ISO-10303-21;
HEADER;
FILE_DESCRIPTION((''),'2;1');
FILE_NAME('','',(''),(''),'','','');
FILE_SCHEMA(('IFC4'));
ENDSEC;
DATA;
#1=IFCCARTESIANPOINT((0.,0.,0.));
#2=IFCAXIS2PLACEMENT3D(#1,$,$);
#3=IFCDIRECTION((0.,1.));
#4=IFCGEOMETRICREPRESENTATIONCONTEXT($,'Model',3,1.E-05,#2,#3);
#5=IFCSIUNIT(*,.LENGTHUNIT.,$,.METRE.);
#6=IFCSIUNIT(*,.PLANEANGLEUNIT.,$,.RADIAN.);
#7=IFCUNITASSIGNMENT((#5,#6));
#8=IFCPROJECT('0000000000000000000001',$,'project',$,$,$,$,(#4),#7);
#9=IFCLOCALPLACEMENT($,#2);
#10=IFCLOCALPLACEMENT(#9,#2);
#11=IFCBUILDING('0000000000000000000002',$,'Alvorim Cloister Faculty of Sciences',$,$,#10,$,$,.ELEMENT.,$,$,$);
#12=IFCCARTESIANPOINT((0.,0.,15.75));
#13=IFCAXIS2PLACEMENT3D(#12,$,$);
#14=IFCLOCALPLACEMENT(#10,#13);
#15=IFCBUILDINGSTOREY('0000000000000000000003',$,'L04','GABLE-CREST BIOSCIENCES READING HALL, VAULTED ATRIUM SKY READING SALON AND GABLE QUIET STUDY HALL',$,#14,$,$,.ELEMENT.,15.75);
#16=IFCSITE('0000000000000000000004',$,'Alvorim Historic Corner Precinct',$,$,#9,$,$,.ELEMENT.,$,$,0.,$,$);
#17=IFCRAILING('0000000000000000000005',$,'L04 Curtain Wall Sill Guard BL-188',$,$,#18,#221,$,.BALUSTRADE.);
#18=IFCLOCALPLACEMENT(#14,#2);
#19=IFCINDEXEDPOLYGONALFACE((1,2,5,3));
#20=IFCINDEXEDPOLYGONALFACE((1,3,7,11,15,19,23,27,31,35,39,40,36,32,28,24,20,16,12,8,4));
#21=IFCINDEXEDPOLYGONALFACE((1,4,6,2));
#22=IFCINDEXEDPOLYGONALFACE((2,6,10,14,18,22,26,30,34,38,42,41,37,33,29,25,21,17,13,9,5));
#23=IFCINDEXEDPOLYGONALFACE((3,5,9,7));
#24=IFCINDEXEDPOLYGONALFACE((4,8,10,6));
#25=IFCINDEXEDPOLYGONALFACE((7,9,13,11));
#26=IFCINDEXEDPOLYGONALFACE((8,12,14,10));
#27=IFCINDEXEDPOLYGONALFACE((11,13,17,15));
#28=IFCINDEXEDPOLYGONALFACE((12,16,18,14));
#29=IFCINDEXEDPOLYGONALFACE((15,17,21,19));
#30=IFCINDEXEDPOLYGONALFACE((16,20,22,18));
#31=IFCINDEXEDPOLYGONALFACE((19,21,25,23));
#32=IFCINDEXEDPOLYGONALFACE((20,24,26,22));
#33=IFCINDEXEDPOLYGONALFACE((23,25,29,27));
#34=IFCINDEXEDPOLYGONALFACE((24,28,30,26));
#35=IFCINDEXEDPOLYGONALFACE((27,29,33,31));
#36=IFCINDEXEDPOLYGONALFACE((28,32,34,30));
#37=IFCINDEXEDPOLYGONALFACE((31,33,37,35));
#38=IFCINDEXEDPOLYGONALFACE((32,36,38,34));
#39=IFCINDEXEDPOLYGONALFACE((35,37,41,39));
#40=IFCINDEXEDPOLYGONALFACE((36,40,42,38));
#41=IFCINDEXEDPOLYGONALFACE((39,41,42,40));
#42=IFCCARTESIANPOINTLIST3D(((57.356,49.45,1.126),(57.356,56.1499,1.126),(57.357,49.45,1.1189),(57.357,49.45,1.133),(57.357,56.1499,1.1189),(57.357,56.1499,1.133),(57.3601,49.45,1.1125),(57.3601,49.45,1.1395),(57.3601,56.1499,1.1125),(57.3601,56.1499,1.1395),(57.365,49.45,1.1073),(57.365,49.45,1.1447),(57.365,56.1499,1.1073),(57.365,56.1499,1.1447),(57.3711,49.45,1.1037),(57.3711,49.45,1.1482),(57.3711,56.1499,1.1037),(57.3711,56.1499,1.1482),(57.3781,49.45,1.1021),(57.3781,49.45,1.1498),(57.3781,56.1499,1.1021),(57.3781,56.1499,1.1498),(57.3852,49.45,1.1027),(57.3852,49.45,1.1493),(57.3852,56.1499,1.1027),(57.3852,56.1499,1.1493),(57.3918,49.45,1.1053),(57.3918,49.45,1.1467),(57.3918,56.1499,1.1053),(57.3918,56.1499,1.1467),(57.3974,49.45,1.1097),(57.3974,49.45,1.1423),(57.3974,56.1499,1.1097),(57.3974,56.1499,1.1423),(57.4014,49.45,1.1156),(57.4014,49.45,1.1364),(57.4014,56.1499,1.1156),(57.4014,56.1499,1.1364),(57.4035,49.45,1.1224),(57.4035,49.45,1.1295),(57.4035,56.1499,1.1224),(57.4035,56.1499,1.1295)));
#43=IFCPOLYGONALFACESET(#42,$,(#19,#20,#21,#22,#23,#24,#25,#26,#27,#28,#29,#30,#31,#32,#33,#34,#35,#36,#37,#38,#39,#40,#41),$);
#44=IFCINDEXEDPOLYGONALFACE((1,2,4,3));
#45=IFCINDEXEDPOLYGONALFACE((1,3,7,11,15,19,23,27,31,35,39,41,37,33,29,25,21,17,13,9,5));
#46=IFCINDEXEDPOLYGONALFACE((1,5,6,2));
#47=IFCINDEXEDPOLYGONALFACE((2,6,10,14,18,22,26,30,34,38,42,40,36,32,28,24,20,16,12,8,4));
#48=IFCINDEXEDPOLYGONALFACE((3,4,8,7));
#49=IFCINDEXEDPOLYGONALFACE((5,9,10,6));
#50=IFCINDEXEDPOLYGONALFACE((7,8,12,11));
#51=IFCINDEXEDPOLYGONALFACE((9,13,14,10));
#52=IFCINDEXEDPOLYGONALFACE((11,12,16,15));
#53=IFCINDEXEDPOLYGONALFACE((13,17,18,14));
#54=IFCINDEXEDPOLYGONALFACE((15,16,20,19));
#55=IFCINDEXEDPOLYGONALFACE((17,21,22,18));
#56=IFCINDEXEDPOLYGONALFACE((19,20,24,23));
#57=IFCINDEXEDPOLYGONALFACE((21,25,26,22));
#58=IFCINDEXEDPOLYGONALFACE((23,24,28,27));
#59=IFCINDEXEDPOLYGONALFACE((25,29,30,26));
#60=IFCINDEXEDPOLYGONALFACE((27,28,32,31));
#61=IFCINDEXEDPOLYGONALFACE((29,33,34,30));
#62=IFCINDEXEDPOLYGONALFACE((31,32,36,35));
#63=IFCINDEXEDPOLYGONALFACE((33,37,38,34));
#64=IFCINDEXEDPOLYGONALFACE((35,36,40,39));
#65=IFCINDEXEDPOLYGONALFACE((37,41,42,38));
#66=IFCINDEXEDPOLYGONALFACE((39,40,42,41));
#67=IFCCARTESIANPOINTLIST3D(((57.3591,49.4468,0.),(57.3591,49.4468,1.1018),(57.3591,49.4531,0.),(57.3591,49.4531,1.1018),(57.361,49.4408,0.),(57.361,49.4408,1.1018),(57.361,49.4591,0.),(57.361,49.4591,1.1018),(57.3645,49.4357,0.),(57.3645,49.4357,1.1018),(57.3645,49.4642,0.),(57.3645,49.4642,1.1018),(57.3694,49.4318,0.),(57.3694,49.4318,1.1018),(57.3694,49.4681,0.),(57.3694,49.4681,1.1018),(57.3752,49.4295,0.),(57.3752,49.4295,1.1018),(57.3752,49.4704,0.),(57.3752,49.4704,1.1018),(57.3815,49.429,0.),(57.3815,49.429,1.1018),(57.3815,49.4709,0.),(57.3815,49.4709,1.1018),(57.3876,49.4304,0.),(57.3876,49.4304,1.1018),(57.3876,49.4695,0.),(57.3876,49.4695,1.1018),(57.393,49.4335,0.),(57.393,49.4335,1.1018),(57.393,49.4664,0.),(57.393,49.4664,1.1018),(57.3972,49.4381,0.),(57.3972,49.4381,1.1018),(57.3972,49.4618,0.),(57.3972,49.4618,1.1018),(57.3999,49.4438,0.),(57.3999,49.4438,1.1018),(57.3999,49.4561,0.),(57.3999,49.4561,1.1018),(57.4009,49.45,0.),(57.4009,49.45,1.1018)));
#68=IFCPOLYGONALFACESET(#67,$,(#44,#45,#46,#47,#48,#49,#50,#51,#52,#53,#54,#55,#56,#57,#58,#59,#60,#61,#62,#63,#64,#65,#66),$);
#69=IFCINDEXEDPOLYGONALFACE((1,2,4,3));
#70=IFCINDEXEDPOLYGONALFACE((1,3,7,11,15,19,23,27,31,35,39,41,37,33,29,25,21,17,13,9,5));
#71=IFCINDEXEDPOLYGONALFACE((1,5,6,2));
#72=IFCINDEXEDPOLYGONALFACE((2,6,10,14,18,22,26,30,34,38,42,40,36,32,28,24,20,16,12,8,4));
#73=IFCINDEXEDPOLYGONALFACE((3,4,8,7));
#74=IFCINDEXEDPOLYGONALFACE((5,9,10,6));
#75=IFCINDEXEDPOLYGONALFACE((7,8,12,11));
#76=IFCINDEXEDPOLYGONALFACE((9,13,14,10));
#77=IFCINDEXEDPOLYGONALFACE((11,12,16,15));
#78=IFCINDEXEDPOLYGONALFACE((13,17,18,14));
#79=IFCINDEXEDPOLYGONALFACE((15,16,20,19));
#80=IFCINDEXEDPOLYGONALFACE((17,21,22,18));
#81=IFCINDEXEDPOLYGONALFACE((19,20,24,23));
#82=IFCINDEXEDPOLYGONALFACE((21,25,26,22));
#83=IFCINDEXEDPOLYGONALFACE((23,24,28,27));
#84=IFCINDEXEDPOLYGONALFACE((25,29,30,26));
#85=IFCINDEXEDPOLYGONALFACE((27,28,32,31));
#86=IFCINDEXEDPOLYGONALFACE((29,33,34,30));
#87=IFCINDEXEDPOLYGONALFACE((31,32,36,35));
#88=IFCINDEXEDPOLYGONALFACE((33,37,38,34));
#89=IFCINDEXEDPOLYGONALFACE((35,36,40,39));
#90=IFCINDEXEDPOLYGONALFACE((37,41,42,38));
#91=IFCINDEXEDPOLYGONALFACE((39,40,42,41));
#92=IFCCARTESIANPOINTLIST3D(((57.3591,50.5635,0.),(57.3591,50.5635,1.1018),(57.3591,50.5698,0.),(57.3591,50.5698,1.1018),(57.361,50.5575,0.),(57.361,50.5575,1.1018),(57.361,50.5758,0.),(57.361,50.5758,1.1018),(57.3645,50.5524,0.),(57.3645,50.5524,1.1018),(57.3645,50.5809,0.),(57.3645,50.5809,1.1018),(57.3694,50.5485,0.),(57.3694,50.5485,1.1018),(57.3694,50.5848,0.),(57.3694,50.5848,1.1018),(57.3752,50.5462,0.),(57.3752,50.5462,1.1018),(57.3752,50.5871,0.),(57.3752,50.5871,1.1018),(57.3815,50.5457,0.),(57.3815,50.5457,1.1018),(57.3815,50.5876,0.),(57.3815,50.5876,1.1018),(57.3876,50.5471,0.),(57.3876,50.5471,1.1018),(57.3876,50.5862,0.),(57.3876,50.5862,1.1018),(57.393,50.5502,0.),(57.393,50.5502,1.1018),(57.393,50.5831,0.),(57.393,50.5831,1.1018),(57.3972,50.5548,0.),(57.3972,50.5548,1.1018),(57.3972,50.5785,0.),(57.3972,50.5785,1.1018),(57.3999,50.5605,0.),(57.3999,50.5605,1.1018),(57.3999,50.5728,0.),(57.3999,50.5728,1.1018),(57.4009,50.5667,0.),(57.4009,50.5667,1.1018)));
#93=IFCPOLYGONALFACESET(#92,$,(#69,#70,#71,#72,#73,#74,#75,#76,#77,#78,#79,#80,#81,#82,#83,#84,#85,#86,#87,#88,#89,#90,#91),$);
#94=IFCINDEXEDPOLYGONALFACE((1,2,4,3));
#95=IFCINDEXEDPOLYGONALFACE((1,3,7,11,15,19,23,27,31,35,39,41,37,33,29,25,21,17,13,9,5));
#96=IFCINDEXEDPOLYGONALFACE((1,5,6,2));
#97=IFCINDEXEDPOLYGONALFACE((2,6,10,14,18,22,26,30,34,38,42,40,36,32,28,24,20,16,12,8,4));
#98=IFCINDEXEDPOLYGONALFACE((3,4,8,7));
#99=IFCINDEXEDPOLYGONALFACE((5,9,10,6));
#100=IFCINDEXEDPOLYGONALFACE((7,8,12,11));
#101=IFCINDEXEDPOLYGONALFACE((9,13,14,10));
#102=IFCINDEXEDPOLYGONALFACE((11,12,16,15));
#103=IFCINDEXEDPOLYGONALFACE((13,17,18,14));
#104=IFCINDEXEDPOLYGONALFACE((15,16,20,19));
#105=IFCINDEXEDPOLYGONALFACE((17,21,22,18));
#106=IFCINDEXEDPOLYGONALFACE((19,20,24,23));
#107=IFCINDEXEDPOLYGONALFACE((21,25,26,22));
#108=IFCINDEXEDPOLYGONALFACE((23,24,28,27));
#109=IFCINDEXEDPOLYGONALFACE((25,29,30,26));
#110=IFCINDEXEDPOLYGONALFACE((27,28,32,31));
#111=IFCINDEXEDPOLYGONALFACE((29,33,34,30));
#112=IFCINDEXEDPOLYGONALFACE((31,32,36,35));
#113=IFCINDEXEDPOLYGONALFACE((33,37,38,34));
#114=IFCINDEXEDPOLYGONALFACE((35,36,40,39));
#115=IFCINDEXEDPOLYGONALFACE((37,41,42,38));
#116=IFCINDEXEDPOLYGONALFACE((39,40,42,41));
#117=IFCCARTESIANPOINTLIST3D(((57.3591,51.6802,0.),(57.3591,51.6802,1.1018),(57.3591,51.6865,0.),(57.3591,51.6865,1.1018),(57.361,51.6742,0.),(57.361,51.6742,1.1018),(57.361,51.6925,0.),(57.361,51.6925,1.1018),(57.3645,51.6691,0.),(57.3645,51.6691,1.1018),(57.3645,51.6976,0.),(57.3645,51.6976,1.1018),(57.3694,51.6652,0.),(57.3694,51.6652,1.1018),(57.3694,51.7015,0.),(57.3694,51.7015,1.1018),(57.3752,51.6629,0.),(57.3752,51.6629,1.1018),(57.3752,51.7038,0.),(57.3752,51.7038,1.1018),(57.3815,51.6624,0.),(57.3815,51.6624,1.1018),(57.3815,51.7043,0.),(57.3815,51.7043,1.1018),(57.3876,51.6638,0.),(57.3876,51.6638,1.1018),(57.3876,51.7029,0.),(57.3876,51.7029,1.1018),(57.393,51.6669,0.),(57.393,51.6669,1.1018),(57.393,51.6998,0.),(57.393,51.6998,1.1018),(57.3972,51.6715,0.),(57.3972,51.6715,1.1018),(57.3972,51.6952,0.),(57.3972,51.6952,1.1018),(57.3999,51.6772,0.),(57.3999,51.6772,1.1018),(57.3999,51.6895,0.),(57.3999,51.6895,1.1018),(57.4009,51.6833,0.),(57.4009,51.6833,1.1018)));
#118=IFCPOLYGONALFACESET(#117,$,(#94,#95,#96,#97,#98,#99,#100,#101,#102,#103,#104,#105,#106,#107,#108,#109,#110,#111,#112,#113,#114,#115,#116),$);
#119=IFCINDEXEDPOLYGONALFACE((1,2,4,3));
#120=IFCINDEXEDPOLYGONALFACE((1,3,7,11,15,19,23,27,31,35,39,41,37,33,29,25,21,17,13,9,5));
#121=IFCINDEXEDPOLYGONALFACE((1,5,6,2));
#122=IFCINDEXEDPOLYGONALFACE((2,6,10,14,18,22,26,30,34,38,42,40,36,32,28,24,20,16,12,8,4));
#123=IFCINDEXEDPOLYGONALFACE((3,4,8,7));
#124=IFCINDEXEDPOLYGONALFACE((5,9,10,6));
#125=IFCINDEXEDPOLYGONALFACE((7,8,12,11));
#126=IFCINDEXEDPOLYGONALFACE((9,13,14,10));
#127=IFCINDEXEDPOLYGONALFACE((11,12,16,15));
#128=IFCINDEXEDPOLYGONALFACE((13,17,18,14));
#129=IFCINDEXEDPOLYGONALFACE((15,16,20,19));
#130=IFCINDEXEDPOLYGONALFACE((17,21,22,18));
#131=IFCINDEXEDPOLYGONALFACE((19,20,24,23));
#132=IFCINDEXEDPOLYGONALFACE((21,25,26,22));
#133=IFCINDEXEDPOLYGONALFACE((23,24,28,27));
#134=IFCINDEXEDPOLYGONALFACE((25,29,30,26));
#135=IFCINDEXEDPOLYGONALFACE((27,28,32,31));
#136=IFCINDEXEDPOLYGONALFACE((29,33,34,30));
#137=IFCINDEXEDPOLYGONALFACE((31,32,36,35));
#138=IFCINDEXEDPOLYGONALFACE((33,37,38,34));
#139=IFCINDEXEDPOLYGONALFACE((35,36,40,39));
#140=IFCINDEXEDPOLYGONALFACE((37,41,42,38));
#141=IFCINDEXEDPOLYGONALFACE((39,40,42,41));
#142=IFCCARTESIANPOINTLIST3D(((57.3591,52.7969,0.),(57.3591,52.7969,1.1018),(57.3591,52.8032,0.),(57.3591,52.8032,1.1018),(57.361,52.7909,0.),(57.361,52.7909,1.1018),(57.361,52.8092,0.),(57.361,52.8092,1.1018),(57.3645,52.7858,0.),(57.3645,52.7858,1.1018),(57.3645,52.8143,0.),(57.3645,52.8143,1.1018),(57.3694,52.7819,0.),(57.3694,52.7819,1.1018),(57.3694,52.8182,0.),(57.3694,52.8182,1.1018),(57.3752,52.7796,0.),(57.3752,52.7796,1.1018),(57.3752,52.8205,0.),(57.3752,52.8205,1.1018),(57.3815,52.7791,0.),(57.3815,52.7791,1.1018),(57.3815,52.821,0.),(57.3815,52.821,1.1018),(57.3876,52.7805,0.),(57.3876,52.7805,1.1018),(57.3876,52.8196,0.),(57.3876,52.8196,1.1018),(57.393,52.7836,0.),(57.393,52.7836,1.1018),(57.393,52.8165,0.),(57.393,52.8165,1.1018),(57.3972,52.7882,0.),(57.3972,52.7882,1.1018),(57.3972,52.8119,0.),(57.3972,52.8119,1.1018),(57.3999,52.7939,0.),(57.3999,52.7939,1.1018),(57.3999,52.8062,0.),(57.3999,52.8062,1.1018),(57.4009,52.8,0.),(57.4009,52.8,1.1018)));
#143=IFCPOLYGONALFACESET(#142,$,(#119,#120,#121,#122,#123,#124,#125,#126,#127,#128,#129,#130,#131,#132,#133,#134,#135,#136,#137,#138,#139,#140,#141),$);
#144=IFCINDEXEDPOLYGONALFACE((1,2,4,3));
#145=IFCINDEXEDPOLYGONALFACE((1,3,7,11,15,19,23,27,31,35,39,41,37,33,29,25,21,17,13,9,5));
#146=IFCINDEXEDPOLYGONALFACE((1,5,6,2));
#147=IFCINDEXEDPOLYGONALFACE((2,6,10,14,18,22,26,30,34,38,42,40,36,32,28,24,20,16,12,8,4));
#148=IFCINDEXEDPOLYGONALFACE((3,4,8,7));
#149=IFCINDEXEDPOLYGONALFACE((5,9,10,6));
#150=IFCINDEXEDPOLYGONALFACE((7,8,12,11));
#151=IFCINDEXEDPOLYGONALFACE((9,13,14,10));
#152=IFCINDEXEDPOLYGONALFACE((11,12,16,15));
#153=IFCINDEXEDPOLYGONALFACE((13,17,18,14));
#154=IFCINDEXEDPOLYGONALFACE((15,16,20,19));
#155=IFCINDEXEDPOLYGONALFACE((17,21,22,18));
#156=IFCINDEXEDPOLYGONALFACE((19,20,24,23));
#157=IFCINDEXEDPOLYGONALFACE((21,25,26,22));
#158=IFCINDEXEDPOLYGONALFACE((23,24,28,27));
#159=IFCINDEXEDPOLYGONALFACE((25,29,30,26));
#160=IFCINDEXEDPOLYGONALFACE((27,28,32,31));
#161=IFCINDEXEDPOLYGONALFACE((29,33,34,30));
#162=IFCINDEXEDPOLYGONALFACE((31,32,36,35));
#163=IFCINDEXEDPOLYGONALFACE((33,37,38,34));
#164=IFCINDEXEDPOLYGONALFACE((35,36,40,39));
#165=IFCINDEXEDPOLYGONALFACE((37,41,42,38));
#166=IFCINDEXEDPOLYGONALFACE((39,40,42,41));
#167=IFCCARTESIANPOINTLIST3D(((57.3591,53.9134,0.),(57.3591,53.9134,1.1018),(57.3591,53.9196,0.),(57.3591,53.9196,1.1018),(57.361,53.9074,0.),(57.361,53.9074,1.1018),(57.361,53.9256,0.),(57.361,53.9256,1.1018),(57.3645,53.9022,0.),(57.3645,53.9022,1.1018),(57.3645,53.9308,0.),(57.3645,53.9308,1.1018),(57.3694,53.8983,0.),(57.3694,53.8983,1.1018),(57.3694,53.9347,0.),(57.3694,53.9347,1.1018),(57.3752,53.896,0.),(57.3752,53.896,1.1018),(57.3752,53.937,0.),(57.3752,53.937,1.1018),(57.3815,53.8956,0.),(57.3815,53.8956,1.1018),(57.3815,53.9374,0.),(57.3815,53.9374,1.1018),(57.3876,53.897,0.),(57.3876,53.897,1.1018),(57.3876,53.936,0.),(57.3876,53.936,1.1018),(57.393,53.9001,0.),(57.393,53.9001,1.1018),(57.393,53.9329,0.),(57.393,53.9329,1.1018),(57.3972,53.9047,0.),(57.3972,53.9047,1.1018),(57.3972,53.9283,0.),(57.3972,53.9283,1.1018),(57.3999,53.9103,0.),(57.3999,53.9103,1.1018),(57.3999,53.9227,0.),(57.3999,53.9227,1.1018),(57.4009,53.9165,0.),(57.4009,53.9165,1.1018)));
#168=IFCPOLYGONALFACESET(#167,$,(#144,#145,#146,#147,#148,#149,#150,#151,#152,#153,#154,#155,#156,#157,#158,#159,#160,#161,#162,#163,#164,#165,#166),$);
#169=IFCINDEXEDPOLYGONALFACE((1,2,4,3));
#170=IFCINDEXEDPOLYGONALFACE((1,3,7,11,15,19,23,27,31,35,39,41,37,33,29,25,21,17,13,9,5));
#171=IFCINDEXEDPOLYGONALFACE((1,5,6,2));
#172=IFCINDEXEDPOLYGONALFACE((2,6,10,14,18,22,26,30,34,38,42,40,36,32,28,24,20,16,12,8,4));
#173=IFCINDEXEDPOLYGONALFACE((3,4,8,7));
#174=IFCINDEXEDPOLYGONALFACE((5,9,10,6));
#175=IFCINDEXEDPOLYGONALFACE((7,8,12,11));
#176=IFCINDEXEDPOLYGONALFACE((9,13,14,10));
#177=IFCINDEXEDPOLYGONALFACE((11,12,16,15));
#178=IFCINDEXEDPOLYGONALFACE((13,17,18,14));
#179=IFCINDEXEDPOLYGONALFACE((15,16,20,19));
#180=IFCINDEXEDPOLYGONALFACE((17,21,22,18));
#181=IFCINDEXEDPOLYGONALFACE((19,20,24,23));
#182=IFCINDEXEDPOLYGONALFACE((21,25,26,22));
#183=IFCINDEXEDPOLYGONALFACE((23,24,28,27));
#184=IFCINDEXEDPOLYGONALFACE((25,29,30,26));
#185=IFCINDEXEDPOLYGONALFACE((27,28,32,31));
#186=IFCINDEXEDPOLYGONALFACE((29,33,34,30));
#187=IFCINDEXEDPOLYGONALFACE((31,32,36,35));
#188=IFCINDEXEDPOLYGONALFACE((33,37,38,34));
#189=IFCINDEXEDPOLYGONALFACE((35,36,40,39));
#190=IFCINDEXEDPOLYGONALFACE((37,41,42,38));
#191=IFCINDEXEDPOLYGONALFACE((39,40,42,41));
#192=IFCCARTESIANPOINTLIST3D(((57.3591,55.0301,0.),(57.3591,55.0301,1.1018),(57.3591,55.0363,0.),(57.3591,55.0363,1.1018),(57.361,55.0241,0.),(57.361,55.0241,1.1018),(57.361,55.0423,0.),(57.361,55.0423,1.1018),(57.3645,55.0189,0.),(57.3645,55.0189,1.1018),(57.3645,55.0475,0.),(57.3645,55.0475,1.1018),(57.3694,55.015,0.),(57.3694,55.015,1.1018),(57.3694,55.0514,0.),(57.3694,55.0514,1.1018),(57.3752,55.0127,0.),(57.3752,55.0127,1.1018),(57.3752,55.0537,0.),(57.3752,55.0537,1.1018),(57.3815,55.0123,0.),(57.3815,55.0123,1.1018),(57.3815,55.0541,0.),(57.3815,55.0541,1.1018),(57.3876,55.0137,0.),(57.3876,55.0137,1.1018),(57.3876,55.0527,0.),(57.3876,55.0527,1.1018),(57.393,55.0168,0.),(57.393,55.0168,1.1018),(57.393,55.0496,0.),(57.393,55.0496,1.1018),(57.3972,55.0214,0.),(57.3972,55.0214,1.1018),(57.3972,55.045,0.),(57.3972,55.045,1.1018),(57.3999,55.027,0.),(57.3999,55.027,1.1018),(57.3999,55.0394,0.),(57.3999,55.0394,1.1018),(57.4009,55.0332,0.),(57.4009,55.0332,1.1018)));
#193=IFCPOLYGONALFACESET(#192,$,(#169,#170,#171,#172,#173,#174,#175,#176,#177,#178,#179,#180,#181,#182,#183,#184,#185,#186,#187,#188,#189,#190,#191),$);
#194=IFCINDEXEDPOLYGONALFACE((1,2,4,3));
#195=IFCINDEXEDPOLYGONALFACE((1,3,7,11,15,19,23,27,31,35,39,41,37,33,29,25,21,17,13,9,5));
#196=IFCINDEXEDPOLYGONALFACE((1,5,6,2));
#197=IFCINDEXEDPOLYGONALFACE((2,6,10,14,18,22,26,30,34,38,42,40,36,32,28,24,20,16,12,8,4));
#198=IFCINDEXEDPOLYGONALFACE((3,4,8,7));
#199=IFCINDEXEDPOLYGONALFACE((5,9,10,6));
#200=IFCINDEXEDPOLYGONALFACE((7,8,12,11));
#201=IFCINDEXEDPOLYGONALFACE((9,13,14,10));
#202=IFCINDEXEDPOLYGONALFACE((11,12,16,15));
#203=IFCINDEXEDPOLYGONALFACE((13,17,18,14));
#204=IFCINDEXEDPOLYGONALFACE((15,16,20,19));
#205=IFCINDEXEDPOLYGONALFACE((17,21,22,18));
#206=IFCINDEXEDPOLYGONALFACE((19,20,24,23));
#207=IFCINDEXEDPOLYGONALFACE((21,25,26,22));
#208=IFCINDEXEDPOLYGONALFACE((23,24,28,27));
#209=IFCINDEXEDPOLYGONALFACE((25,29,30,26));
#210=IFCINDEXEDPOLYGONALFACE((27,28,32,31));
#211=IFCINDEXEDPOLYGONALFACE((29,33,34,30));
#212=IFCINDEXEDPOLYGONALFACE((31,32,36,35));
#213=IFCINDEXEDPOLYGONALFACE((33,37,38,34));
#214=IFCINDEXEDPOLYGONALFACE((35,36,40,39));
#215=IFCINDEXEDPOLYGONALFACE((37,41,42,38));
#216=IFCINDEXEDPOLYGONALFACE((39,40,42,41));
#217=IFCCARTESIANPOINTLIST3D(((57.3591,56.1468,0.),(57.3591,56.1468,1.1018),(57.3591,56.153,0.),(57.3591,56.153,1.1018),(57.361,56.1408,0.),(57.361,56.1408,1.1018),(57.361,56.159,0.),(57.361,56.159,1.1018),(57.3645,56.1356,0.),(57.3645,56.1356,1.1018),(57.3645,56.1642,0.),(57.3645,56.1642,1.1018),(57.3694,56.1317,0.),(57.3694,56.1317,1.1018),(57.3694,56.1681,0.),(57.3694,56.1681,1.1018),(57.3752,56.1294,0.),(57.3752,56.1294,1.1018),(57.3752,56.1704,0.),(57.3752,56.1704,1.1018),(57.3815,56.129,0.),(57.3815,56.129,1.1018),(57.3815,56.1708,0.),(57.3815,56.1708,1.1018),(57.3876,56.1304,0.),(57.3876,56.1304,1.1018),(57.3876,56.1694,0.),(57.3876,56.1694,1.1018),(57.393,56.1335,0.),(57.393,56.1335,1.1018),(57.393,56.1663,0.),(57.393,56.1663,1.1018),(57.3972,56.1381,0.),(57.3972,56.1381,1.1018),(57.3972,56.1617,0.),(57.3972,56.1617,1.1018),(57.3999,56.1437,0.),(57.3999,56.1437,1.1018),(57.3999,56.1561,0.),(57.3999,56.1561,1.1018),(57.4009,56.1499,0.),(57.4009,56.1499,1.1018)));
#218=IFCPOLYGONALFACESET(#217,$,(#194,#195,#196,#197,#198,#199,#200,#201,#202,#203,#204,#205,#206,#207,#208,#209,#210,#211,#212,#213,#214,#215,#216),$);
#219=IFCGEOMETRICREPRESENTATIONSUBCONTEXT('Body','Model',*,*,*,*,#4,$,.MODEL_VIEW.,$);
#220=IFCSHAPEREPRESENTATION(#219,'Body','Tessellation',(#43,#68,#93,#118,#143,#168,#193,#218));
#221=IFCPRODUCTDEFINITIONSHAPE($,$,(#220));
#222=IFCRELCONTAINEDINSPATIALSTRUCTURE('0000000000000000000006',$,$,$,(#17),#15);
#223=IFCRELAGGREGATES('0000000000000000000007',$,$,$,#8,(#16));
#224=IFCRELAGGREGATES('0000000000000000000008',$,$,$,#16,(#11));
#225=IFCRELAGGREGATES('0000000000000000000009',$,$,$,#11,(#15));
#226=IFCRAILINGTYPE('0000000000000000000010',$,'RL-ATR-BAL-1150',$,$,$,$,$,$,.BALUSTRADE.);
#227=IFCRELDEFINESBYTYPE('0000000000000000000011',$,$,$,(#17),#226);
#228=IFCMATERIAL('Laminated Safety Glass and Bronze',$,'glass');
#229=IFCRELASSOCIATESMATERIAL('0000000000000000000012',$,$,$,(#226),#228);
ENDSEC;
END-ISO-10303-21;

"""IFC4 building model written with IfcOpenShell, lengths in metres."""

from ifc_helpers import new_model, si_unit, direction, frame, origin, origin_2d, place, context, subcontext, project, spatial, circle, extrude, material, type_object, element, save


model = new_model("IFC4")

# Units and contexts
model_context = context("Model", 3, precision=1e-05, world=origin(), true_north=direction((0.0, 1.0)))
body_context = subcontext(model_context, "Body", "Model", "MODEL_VIEW")
ifc_project = project(units=[si_unit("LENGTHUNIT", "METRE"), si_unit("PLANEANGLEUNIT", "RADIAN")], contexts=[model_context])

# Site, building, storey
site_placement = place(None, origin())
site = spatial("IfcSite", under=ifc_project, at=site_placement, Name="Alvorim Historic Corner Precinct", CompositionType="ELEMENT", RefElevation=0.0)
building_placement = place(site_placement, origin())
building = spatial("IfcBuilding", under=site, at=building_placement, Name="Alvorim Cloister Faculty of Sciences", CompositionType="ELEMENT")
storey_placement = place(building_placement, frame((0.0, 0.0, 15.75)))
storey = spatial("IfcBuildingStorey", under=building, at=storey_placement, Name="L04", Description="GABLE-CREST BIOSCIENCES READING HALL, VAULTED ATRIUM SKY READING SALON AND GABLE QUIET STUDY HALL", CompositionType="ELEMENT", Elevation=15.75)

# Railing
ifc_material_1 = material(Name="Laminated Safety Glass and Bronze", Category="glass")
railing_type_1 = type_object("IfcRailingType", Name="RL-ATR-BAL-1150", PredefinedType="BALUSTRADE", material=ifc_material_1)
railing_1_placement = place(storey_placement, frame((57.3799, 49.45, 0.0)))
element("IfcRailing", 1, at=railing_1_placement, inside=storey, type_object=railing_type_1, Name="L04 Curtain Wall Sill Guard BL-188", PredefinedType="BALUSTRADE", context=body_context, shape_type="SweptSolid", body=[
    extrude(circle(Radius=0.0239, at=origin_2d()), frame((0.0, 0.0, 1.126), z_axis=(0.0, 1.0, 0.0), x_axis=(-1.0, 0.0, 0.0)), (0.0, 0.0, 1.0), 6.7),
    extrude(circle(Radius=0.021, at=origin_2d()), origin(), (0.0, 0.0, 1.0), 1.1018),
    extrude(circle(Radius=0.021, at=origin_2d()), frame((0.0, 1.1167, 0.0)), (0.0, 0.0, 1.0), 1.1018),
    extrude(circle(Radius=0.021, at=origin_2d()), frame((0.0, 2.2334, 0.0)), (0.0, 0.0, 1.0), 1.1018),
    extrude(circle(Radius=0.021, at=origin_2d()), frame((0.0, 3.3501, 0.0)), (0.0, 0.0, 1.0), 1.1018),
    extrude(circle(Radius=0.021, at=origin_2d()), frame((0.0, 4.4666, 0.0)), (0.0, 0.0, 1.0), 1.1018),
    extrude(circle(Radius=0.021, at=origin_2d()), frame((0.0, 5.5833, 0.0)), (0.0, 0.0, 1.0), 1.1018),
    extrude(circle(Radius=0.021, at=origin_2d()), frame((0.0, 6.7, 0.0)), (0.0, 0.0, 1.0), 1.1018),
])

save(model, "model.ifc")
